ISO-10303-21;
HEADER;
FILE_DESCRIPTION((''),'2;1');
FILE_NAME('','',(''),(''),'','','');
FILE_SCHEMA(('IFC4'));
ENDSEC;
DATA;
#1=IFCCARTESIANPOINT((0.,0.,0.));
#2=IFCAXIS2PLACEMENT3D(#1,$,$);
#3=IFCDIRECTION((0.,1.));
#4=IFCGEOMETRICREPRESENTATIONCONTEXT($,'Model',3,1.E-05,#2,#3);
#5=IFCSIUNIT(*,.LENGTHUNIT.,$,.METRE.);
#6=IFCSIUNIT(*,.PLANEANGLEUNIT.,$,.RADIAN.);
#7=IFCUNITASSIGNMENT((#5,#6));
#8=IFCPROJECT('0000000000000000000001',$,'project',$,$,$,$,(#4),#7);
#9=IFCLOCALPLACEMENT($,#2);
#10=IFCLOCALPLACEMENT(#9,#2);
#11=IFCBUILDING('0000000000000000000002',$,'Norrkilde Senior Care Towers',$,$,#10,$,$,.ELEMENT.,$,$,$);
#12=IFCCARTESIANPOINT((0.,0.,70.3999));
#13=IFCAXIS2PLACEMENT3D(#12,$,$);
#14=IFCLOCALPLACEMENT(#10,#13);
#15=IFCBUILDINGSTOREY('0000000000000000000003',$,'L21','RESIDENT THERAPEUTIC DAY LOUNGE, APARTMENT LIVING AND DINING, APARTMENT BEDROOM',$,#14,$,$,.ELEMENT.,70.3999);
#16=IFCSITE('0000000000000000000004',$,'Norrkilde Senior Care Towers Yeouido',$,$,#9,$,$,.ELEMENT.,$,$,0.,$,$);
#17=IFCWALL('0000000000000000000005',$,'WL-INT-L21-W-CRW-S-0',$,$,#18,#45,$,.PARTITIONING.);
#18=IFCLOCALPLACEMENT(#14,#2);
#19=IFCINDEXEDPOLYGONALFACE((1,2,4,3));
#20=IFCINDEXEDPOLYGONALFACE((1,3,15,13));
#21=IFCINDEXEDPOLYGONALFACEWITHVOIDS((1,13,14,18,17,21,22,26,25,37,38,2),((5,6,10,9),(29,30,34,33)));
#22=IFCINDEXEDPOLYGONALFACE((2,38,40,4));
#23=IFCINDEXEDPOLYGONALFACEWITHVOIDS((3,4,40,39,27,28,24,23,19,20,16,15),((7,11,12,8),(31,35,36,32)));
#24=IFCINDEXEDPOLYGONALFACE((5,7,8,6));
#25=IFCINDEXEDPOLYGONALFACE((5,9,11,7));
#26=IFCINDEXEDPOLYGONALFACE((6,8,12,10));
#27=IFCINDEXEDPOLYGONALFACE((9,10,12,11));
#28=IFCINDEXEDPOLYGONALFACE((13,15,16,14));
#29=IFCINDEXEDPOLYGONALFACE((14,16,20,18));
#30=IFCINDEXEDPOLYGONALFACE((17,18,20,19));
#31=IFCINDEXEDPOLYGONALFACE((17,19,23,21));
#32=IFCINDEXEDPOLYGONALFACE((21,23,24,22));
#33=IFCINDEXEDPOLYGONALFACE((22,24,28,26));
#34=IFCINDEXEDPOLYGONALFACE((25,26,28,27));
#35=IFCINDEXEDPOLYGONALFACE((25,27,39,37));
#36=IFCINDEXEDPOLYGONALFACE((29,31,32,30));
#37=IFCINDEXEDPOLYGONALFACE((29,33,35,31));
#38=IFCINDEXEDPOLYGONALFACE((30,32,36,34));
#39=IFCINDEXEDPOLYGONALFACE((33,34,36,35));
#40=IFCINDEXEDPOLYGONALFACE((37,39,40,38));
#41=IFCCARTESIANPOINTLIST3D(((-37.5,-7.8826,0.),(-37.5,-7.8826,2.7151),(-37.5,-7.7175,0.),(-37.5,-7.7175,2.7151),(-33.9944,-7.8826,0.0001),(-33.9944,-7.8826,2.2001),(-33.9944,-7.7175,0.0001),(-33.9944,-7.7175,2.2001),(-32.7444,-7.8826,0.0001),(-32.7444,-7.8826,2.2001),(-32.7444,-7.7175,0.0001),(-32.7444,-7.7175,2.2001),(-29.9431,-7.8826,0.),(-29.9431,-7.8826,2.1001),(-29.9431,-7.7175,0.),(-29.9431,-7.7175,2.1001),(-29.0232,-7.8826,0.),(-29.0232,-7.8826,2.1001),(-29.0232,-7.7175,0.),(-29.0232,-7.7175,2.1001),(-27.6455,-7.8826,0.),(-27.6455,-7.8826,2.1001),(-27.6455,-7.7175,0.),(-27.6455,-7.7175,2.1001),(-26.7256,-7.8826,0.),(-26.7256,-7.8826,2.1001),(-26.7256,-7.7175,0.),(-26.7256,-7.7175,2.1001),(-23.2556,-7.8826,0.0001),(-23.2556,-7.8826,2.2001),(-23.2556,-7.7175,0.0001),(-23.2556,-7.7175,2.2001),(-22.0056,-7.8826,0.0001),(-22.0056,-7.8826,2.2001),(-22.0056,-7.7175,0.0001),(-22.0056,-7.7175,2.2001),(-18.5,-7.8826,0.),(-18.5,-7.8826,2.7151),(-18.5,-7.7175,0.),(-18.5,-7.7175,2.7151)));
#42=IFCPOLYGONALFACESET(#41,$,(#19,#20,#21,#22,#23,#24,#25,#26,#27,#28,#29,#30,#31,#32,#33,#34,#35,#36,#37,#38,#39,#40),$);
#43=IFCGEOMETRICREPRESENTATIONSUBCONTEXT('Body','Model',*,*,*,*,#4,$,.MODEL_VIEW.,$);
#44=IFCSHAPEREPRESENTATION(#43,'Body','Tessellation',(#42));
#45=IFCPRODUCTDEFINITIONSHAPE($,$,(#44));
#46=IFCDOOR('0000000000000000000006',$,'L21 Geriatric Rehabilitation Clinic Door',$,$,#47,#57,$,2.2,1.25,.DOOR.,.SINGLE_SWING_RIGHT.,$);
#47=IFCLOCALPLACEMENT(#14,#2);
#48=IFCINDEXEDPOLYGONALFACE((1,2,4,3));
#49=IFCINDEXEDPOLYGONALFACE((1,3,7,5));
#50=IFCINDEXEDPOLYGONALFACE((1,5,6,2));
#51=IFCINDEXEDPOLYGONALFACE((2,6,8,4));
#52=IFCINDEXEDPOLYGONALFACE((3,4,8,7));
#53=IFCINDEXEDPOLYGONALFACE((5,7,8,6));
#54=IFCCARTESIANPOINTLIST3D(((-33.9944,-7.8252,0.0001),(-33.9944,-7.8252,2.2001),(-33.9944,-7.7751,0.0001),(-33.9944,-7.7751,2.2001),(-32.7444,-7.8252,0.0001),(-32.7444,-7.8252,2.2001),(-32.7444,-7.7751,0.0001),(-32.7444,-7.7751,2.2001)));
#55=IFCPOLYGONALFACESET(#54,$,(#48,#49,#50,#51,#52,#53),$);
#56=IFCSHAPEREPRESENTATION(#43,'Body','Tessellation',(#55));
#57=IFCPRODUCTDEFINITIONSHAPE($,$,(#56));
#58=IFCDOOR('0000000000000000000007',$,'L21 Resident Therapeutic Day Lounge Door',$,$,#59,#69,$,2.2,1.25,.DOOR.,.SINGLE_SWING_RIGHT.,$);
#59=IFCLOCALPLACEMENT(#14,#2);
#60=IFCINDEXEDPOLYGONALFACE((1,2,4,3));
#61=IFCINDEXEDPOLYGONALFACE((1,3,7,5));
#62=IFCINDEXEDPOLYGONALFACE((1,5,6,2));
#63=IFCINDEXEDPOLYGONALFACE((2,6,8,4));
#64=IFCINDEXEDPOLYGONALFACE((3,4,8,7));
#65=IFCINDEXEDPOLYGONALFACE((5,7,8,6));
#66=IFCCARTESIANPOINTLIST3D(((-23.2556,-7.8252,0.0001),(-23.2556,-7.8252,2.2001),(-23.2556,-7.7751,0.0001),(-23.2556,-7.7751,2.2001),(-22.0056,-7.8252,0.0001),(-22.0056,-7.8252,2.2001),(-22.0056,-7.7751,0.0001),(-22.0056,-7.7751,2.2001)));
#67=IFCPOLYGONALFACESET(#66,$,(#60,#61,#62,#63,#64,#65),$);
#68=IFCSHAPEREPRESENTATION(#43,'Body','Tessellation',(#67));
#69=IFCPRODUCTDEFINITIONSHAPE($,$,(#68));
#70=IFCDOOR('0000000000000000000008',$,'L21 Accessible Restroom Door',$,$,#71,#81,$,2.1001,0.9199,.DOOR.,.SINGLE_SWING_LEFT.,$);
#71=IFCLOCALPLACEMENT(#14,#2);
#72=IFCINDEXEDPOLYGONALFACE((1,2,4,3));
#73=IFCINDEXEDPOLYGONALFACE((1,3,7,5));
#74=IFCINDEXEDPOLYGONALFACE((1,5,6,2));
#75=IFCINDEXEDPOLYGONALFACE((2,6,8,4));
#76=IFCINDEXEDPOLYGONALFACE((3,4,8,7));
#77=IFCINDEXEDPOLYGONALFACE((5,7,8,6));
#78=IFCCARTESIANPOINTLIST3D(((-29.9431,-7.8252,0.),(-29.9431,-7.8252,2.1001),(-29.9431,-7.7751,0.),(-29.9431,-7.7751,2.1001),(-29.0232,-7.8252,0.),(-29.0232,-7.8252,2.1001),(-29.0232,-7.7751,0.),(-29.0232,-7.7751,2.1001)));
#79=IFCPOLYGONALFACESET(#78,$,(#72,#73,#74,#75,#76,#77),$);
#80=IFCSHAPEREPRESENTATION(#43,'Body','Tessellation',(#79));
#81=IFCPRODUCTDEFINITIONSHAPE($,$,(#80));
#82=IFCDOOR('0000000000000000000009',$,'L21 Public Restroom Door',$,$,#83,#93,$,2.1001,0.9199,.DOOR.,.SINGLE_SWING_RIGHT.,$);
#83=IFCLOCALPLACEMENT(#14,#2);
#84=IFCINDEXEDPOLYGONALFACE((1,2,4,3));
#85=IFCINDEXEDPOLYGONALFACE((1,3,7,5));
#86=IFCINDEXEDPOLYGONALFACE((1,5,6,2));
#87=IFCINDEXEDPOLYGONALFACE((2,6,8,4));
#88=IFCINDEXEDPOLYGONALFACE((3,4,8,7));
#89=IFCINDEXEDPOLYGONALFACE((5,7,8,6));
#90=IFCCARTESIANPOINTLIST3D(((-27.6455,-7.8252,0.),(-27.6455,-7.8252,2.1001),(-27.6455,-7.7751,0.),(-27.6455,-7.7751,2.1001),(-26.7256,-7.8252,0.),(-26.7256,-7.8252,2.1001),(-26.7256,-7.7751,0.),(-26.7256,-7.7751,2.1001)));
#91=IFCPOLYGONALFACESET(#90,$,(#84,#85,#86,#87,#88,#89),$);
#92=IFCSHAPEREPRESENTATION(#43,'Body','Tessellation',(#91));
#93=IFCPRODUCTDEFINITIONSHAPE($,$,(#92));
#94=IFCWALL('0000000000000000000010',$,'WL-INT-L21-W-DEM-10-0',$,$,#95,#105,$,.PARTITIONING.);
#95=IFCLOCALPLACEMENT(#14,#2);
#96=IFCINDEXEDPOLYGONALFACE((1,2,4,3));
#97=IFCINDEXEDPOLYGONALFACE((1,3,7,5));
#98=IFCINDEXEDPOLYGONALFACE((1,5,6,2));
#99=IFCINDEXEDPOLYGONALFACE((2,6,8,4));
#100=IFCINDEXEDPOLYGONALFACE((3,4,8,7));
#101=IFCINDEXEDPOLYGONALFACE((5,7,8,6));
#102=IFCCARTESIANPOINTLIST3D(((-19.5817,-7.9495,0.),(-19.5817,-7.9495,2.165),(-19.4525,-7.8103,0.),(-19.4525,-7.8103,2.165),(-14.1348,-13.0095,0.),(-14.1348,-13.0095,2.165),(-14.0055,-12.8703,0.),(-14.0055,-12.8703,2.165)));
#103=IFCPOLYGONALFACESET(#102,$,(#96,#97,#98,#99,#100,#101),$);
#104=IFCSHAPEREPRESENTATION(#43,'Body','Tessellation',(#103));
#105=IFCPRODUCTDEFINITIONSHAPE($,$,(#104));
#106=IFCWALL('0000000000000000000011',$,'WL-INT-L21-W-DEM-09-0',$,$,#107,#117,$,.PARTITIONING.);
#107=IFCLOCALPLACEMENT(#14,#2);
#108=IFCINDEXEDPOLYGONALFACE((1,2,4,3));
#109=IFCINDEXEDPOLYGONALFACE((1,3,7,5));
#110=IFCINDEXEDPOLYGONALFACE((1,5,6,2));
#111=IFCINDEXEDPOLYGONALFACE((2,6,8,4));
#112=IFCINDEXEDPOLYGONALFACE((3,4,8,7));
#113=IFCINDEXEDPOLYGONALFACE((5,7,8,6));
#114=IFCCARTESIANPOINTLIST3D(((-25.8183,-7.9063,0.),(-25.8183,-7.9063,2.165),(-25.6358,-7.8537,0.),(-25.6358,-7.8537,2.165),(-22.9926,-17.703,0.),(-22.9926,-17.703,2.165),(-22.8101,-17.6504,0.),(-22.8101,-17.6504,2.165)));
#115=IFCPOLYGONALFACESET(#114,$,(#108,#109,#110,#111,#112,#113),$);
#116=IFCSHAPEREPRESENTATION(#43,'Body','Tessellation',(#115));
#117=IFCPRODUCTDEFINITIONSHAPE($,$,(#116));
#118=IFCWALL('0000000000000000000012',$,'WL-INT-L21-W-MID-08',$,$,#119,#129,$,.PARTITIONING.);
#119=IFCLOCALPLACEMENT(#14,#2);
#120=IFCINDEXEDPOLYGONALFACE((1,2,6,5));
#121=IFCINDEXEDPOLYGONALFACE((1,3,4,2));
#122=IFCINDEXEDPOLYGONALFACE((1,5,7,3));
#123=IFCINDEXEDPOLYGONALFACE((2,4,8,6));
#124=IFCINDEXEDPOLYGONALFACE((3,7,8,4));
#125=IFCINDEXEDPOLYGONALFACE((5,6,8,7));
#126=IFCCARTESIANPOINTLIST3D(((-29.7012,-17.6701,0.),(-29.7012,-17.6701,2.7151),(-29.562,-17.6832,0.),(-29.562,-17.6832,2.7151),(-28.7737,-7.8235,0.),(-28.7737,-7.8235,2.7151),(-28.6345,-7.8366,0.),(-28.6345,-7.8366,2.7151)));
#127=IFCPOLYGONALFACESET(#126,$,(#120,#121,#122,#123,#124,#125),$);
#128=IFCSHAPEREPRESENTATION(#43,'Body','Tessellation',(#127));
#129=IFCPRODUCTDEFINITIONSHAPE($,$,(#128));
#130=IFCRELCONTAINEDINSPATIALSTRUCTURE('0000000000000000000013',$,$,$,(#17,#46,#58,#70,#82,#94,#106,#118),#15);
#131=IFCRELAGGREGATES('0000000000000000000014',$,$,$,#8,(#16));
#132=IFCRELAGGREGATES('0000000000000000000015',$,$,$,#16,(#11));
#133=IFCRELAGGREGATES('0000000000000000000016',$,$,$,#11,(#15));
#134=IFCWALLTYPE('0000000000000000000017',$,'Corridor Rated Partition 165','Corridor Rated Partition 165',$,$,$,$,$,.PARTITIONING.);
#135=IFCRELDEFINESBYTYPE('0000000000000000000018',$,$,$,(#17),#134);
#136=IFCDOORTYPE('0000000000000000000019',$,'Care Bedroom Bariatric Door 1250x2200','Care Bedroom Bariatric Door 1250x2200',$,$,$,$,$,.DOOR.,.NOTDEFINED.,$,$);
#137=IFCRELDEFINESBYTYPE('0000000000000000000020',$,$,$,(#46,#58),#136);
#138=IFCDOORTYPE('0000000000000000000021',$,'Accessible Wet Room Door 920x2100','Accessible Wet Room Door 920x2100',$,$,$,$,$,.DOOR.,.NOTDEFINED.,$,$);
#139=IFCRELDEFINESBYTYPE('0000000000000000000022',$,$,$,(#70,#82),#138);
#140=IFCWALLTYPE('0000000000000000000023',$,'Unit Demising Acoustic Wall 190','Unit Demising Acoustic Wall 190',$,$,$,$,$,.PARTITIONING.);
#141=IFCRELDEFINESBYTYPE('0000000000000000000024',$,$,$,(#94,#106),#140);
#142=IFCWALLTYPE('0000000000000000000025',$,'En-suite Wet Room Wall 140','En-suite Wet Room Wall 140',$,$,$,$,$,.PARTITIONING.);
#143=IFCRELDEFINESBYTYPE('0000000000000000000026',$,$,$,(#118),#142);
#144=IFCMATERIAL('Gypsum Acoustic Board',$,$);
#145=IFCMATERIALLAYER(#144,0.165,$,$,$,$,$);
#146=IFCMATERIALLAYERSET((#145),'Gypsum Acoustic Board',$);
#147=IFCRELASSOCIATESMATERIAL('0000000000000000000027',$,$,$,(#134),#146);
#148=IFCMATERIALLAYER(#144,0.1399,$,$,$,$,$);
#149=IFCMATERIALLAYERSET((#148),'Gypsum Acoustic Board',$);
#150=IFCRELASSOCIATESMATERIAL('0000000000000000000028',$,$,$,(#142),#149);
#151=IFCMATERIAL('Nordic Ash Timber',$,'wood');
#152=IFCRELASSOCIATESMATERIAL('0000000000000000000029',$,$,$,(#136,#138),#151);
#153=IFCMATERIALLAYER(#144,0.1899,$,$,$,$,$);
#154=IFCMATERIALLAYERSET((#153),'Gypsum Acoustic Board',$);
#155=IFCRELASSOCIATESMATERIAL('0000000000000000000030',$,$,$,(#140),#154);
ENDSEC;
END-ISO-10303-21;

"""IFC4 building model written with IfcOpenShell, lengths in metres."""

from ifc_helpers import new_model, si_unit, direction, frame, frame_2d, origin, place, context, subcontext, project, spatial, rectangle, extrude, source, transform, mapped, material, layer, layer_set, type_object, type_shapes, element, fill, save


model = new_model("IFC4")

# Units and contexts
model_context = context("Model", 3, precision=1e-05, world=origin(), true_north=direction((0.0, 1.0)))
body_context = subcontext(model_context, "Body", "Model", "MODEL_VIEW")
ifc_project = project(units=[si_unit("LENGTHUNIT", "METRE"), si_unit("PLANEANGLEUNIT", "RADIAN")], contexts=[model_context])

# Site, building, storey
site_placement = place(None, origin())
site = spatial("IfcSite", under=ifc_project, at=site_placement, Name="Norrkilde Senior Care Towers Yeouido", CompositionType="ELEMENT", RefElevation=0.0)
building_placement = place(site_placement, origin())
building = spatial("IfcBuilding", under=site, at=building_placement, Name="Norrkilde Senior Care Towers", CompositionType="ELEMENT")
storey_placement = place(building_placement, frame((0.0, 0.0, 70.3999)))
storey = spatial("IfcBuildingStorey", under=building, at=storey_placement, Name="L21", Description="RESIDENT THERAPEUTIC DAY LOUNGE, APARTMENT LIVING AND DINING, APARTMENT BEDROOM", CompositionType="ELEMENT", Elevation=70.3999)

# Shared definitions
ifc_material_1 = material(Name="Gypsum Acoustic Board")
ifc_layer_1 = layer(ifc_material_1, 0.165)
ifc_layer_set_1 = layer_set([ifc_layer_1], Name="Gypsum Acoustic Board")
wall_type_1 = type_object("IfcWallType", Name="Corridor Rated Partition 165", Description="Corridor Rated Partition 165", PredefinedType="PARTITIONING", material=ifc_layer_set_1)

# Shared definitions
ifc_layer_2 = layer(ifc_material_1, 0.1399)
ifc_layer_set_2 = layer_set([ifc_layer_2], Name="Gypsum Acoustic Board")
wall_type_2 = type_object("IfcWallType", Name="En-suite Wet Room Wall 140", Description="En-suite Wet Room Wall 140", PredefinedType="PARTITIONING", material=ifc_layer_set_2)

# Wall, openings, doors
shared_shape_1 = source(origin(), body_context, "Body", "SweptSolid", [
    extrude(rectangle(XDim=19.0, YDim=0.165, at=frame_2d((9.5, 0.0))), origin(), (0.0, 0.0, 1.0), 2.7151),
])
wall_1_placement = place(storey_placement, frame((-18.5, -7.8, 0.0), z_axis=(0.0, 0.0, 1.0), x_axis=(-1.0, 0.0, 0.0)))
wall_1 = element("IfcWall", 1, at=wall_1_placement, inside=storey, type_object=wall_type_1, Name="WL-INT-L21-W-CRW-S-0", PredefinedType="PARTITIONING", context=body_context, shape_type="MappedRepresentation", body=[
    mapped(shared_shape_1, transform((0.0, 0.0, 0.0), x_axis=(1.0, 0.0, 0.0), y_axis=(0.0, 1.0, 0.0), z_axis=(0.0, 0.0, 1.0), scale=1.0)),
])
opening_1_placement = place(wall_1_placement, frame((14.2444, 0.0, 0.0)))
opening_1 = element("IfcOpeningElement", 2, at=opening_1_placement, cuts=wall_1, PredefinedType="OPENING", context=body_context, shape_type="SweptSolid", body=[
    extrude(rectangle(XDim=1.25, YDim=2.2, at=frame_2d((0.625, 1.1001))), frame((0.0, 0.0925, 0.0), z_axis=(0.0, -1.0, 0.0), x_axis=(1.0, 0.0, 0.0)), (0.0, 0.0, 1.0), 0.1851),
])
opening_2_placement = place(wall_1_placement, frame((10.5232, 0.0, 0.0)))
opening_2 = element("IfcOpeningElement", 3, at=opening_2_placement, cuts=wall_1, PredefinedType="OPENING", context=body_context, shape_type="SweptSolid", body=[
    extrude(rectangle(XDim=0.9199, YDim=2.1001, at=frame_2d((0.46, 1.05))), frame((0.0, 0.0925, 0.0), z_axis=(0.0, -1.0, 0.0), x_axis=(1.0, 0.0, 0.0)), (0.0, 0.0, 1.0), 0.1851),
])
opening_3_placement = place(wall_1_placement, frame((8.2256, 0.0, 0.0)))
opening_3 = element("IfcOpeningElement", 4, at=opening_3_placement, cuts=wall_1, PredefinedType="OPENING", context=body_context, shape_type="SweptSolid", body=[
    extrude(rectangle(XDim=0.9199, YDim=2.1001, at=frame_2d((0.46, 1.05))), frame((0.0, 0.0925, 0.0), z_axis=(0.0, -1.0, 0.0), x_axis=(1.0, 0.0, 0.0)), (0.0, 0.0, 1.0), 0.1851),
])
opening_4_placement = place(wall_1_placement, frame((3.5056, 0.0, 0.0)))
opening_4 = element("IfcOpeningElement", 5, at=opening_4_placement, cuts=wall_1, PredefinedType="OPENING", context=body_context, shape_type="SweptSolid", body=[
    extrude(rectangle(XDim=1.25, YDim=2.2, at=frame_2d((0.625, 1.1001))), frame((0.0, 0.0925, 0.0), z_axis=(0.0, -1.0, 0.0), x_axis=(1.0, 0.0, 0.0)), (0.0, 0.0, 1.0), 0.1851),
])
ifc_material_2 = material(Name="Nordic Ash Timber", Category="wood")
door_type_1 = type_object("IfcDoorType", Name="Care Bedroom Bariatric Door 1250x2200", Description="Care Bedroom Bariatric Door 1250x2200", OperationType="NOTDEFINED", PredefinedType="DOOR", material=ifc_material_2)
shared_shape_2 = source(origin(), body_context, "Body", "SweptSolid", [
    extrude(rectangle(XDim=1.25, YDim=2.2, at=frame_2d((0.625, 1.1001))), frame((0.0, 0.0249, 0.0), z_axis=(0.0, -1.0, 0.0), x_axis=(1.0, 0.0, 0.0)), (0.0, 0.0, 1.0), 0.05),
])
type_shapes(door_type_1, [shared_shape_2])
door_1_placement = place(opening_1_placement, frame((1.25, 0.0, 0.0), z_axis=(0.0, 0.0, 1.0), x_axis=(-1.0, 0.0, 0.0)))
door_1 = element("IfcDoor", 6, at=door_1_placement, inside=storey, type_object=door_type_1, Name="L21 Geriatric Rehabilitation Clinic Door", OperationType="SINGLE_SWING_RIGHT", OverallHeight=2.2, OverallWidth=1.25, PredefinedType="DOOR", context=body_context, shape_type="MappedRepresentation", body=[
    mapped(shared_shape_2, transform((0.0, 0.0, 0.0), x_axis=(1.0, 0.0, 0.0), y_axis=(0.0, 1.0, 0.0), z_axis=(0.0, 0.0, 1.0), scale=1.0)),
])
fill(opening_1, door_1)
door_2_placement = place(opening_4_placement, frame((1.25, 0.0, 0.0), z_axis=(0.0, 0.0, 1.0), x_axis=(-1.0, 0.0, 0.0)))
door_2 = element("IfcDoor", 7, at=door_2_placement, inside=storey, type_object=door_type_1, Name="L21 Resident Therapeutic Day Lounge Door", OperationType="SINGLE_SWING_RIGHT", OverallHeight=2.2, OverallWidth=1.25, PredefinedType="DOOR", context=body_context, shape_type="MappedRepresentation", body=[
    mapped(shared_shape_2, transform((0.0, 0.0, 0.0), x_axis=(1.0, 0.0, 0.0), y_axis=(0.0, 1.0, 0.0), z_axis=(0.0, 0.0, 1.0), scale=1.0)),
])
fill(opening_4, door_2)
door_type_2 = type_object("IfcDoorType", Name="Accessible Wet Room Door 920x2100", Description="Accessible Wet Room Door 920x2100", OperationType="NOTDEFINED", PredefinedType="DOOR", material=ifc_material_2)
shared_shape_3 = source(origin(), body_context, "Body", "SweptSolid", [
    extrude(rectangle(XDim=0.9199, YDim=2.1001, at=frame_2d((0.46, 1.05))), frame((0.0, 0.0249, 0.0), z_axis=(0.0, -1.0, 0.0), x_axis=(1.0, 0.0, 0.0)), (0.0, 0.0, 1.0), 0.05),
])
type_shapes(door_type_2, [shared_shape_3])
door_3_placement = place(opening_2_placement, frame((0.9199, 0.0, 0.0), z_axis=(0.0, 0.0, 1.0), x_axis=(-1.0, 0.0, 0.0)))
door_3 = element("IfcDoor", 8, at=door_3_placement, inside=storey, type_object=door_type_2, Name="L21 Accessible Restroom Door", OperationType="SINGLE_SWING_LEFT", OverallHeight=2.1001, OverallWidth=0.9199, PredefinedType="DOOR", context=body_context, shape_type="MappedRepresentation", body=[
    mapped(shared_shape_3, transform((0.0, 0.0, 0.0), x_axis=(1.0, 0.0, 0.0), y_axis=(0.0, 1.0, 0.0), z_axis=(0.0, 0.0, 1.0), scale=1.0)),
])
fill(opening_2, door_3)
door_4_placement = place(opening_3_placement, frame((0.9199, 0.0, 0.0), z_axis=(0.0, 0.0, 1.0), x_axis=(-1.0, 0.0, 0.0)))
door_4 = element("IfcDoor", 9, at=door_4_placement, inside=storey, type_object=door_type_2, Name="L21 Public Restroom Door", OperationType="SINGLE_SWING_RIGHT", OverallHeight=2.1001, OverallWidth=0.9199, PredefinedType="DOOR", context=body_context, shape_type="MappedRepresentation", body=[
    mapped(shared_shape_3, transform((0.0, 0.0, 0.0), x_axis=(1.0, 0.0, 0.0), y_axis=(0.0, 1.0, 0.0), z_axis=(0.0, 0.0, 1.0), scale=1.0)),
])
fill(opening_3, door_4)

# Walls
ifc_layer_3 = layer(ifc_material_1, 0.1899)
ifc_layer_set_3 = layer_set([ifc_layer_3], Name="Gypsum Acoustic Board")
wall_type_3 = type_object("IfcWallType", Name="Unit Demising Acoustic Wall 190", Description="Unit Demising Acoustic Wall 190", PredefinedType="PARTITIONING", material=ifc_layer_set_3)
shared_shape_4 = source(origin(), body_context, "Body", "SweptSolid", [
    extrude(rectangle(XDim=7.4346, YDim=0.1899, at=frame_2d((3.7173, 0.0))), origin(), (0.0, 0.0, 1.0), 2.165),
])
wall_2_placement = place(storey_placement, frame((-19.5171, -7.8799, 0.0), z_axis=(0.0, 0.0, 1.0), x_axis=(0.732652, -0.680603, 0.0)))
element("IfcWall", 10, at=wall_2_placement, inside=storey, type_object=wall_type_3, Name="WL-INT-L21-W-DEM-10-0", PredefinedType="PARTITIONING", context=body_context, shape_type="MappedRepresentation", body=[
    mapped(shared_shape_4, transform((0.0, 0.0, 0.0), x_axis=(1.0, 0.0, 0.0), y_axis=(0.0, 1.0, 0.0), z_axis=(0.0, 0.0, 1.0), scale=1.0)),
])
shared_shape_5 = source(origin(), body_context, "Body", "SweptSolid", [
    extrude(rectangle(XDim=10.196, YDim=0.1899, at=frame_2d((5.0981, 0.0))), origin(), (0.0, 0.0, 1.0), 2.165),
])
type_shapes(wall_type_3, [shared_shape_4, shared_shape_5])
wall_3_placement = place(storey_placement, frame((-25.7271, -7.8799, 0.0), z_axis=(0.0, 0.0, 1.0), x_axis=(0.277136, -0.960831, 0.0)))
element("IfcWall", 11, at=wall_3_placement, inside=storey, type_object=wall_type_3, Name="WL-INT-L21-W-DEM-09-0", PredefinedType="PARTITIONING", context=body_context, shape_type="MappedRepresentation", body=[
    mapped(shared_shape_5, transform((0.0, 0.0, 0.0), x_axis=(1.0, 0.0, 0.0), y_axis=(0.0, 1.0, 0.0), z_axis=(0.0, 0.0, 1.0), scale=1.0)),
])
shared_shape_6 = source(origin(), body_context, "Body", "SweptSolid", [
    extrude(rectangle(XDim=9.8901, YDim=0.1399, at=frame_2d((4.9451, 0.0))), origin(), (0.0, 0.0, 1.0), 2.7151),
])
wall_4_placement = place(storey_placement, frame((-28.7041, -7.8301, 0.0), z_axis=(0.0, 0.0, 1.0), x_axis=(-0.09378, -0.995593, 0.0)))
element("IfcWall", 12, at=wall_4_placement, inside=storey, type_object=wall_type_2, Name="WL-INT-L21-W-MID-08", PredefinedType="PARTITIONING", context=body_context, shape_type="MappedRepresentation", body=[
    mapped(shared_shape_6, transform((0.0, 0.0, 0.0), x_axis=(1.0, 0.0, 0.0), y_axis=(0.0, 1.0, 0.0), z_axis=(0.0, 0.0, 1.0), scale=1.0)),
])

save(model, "model.ifc")
